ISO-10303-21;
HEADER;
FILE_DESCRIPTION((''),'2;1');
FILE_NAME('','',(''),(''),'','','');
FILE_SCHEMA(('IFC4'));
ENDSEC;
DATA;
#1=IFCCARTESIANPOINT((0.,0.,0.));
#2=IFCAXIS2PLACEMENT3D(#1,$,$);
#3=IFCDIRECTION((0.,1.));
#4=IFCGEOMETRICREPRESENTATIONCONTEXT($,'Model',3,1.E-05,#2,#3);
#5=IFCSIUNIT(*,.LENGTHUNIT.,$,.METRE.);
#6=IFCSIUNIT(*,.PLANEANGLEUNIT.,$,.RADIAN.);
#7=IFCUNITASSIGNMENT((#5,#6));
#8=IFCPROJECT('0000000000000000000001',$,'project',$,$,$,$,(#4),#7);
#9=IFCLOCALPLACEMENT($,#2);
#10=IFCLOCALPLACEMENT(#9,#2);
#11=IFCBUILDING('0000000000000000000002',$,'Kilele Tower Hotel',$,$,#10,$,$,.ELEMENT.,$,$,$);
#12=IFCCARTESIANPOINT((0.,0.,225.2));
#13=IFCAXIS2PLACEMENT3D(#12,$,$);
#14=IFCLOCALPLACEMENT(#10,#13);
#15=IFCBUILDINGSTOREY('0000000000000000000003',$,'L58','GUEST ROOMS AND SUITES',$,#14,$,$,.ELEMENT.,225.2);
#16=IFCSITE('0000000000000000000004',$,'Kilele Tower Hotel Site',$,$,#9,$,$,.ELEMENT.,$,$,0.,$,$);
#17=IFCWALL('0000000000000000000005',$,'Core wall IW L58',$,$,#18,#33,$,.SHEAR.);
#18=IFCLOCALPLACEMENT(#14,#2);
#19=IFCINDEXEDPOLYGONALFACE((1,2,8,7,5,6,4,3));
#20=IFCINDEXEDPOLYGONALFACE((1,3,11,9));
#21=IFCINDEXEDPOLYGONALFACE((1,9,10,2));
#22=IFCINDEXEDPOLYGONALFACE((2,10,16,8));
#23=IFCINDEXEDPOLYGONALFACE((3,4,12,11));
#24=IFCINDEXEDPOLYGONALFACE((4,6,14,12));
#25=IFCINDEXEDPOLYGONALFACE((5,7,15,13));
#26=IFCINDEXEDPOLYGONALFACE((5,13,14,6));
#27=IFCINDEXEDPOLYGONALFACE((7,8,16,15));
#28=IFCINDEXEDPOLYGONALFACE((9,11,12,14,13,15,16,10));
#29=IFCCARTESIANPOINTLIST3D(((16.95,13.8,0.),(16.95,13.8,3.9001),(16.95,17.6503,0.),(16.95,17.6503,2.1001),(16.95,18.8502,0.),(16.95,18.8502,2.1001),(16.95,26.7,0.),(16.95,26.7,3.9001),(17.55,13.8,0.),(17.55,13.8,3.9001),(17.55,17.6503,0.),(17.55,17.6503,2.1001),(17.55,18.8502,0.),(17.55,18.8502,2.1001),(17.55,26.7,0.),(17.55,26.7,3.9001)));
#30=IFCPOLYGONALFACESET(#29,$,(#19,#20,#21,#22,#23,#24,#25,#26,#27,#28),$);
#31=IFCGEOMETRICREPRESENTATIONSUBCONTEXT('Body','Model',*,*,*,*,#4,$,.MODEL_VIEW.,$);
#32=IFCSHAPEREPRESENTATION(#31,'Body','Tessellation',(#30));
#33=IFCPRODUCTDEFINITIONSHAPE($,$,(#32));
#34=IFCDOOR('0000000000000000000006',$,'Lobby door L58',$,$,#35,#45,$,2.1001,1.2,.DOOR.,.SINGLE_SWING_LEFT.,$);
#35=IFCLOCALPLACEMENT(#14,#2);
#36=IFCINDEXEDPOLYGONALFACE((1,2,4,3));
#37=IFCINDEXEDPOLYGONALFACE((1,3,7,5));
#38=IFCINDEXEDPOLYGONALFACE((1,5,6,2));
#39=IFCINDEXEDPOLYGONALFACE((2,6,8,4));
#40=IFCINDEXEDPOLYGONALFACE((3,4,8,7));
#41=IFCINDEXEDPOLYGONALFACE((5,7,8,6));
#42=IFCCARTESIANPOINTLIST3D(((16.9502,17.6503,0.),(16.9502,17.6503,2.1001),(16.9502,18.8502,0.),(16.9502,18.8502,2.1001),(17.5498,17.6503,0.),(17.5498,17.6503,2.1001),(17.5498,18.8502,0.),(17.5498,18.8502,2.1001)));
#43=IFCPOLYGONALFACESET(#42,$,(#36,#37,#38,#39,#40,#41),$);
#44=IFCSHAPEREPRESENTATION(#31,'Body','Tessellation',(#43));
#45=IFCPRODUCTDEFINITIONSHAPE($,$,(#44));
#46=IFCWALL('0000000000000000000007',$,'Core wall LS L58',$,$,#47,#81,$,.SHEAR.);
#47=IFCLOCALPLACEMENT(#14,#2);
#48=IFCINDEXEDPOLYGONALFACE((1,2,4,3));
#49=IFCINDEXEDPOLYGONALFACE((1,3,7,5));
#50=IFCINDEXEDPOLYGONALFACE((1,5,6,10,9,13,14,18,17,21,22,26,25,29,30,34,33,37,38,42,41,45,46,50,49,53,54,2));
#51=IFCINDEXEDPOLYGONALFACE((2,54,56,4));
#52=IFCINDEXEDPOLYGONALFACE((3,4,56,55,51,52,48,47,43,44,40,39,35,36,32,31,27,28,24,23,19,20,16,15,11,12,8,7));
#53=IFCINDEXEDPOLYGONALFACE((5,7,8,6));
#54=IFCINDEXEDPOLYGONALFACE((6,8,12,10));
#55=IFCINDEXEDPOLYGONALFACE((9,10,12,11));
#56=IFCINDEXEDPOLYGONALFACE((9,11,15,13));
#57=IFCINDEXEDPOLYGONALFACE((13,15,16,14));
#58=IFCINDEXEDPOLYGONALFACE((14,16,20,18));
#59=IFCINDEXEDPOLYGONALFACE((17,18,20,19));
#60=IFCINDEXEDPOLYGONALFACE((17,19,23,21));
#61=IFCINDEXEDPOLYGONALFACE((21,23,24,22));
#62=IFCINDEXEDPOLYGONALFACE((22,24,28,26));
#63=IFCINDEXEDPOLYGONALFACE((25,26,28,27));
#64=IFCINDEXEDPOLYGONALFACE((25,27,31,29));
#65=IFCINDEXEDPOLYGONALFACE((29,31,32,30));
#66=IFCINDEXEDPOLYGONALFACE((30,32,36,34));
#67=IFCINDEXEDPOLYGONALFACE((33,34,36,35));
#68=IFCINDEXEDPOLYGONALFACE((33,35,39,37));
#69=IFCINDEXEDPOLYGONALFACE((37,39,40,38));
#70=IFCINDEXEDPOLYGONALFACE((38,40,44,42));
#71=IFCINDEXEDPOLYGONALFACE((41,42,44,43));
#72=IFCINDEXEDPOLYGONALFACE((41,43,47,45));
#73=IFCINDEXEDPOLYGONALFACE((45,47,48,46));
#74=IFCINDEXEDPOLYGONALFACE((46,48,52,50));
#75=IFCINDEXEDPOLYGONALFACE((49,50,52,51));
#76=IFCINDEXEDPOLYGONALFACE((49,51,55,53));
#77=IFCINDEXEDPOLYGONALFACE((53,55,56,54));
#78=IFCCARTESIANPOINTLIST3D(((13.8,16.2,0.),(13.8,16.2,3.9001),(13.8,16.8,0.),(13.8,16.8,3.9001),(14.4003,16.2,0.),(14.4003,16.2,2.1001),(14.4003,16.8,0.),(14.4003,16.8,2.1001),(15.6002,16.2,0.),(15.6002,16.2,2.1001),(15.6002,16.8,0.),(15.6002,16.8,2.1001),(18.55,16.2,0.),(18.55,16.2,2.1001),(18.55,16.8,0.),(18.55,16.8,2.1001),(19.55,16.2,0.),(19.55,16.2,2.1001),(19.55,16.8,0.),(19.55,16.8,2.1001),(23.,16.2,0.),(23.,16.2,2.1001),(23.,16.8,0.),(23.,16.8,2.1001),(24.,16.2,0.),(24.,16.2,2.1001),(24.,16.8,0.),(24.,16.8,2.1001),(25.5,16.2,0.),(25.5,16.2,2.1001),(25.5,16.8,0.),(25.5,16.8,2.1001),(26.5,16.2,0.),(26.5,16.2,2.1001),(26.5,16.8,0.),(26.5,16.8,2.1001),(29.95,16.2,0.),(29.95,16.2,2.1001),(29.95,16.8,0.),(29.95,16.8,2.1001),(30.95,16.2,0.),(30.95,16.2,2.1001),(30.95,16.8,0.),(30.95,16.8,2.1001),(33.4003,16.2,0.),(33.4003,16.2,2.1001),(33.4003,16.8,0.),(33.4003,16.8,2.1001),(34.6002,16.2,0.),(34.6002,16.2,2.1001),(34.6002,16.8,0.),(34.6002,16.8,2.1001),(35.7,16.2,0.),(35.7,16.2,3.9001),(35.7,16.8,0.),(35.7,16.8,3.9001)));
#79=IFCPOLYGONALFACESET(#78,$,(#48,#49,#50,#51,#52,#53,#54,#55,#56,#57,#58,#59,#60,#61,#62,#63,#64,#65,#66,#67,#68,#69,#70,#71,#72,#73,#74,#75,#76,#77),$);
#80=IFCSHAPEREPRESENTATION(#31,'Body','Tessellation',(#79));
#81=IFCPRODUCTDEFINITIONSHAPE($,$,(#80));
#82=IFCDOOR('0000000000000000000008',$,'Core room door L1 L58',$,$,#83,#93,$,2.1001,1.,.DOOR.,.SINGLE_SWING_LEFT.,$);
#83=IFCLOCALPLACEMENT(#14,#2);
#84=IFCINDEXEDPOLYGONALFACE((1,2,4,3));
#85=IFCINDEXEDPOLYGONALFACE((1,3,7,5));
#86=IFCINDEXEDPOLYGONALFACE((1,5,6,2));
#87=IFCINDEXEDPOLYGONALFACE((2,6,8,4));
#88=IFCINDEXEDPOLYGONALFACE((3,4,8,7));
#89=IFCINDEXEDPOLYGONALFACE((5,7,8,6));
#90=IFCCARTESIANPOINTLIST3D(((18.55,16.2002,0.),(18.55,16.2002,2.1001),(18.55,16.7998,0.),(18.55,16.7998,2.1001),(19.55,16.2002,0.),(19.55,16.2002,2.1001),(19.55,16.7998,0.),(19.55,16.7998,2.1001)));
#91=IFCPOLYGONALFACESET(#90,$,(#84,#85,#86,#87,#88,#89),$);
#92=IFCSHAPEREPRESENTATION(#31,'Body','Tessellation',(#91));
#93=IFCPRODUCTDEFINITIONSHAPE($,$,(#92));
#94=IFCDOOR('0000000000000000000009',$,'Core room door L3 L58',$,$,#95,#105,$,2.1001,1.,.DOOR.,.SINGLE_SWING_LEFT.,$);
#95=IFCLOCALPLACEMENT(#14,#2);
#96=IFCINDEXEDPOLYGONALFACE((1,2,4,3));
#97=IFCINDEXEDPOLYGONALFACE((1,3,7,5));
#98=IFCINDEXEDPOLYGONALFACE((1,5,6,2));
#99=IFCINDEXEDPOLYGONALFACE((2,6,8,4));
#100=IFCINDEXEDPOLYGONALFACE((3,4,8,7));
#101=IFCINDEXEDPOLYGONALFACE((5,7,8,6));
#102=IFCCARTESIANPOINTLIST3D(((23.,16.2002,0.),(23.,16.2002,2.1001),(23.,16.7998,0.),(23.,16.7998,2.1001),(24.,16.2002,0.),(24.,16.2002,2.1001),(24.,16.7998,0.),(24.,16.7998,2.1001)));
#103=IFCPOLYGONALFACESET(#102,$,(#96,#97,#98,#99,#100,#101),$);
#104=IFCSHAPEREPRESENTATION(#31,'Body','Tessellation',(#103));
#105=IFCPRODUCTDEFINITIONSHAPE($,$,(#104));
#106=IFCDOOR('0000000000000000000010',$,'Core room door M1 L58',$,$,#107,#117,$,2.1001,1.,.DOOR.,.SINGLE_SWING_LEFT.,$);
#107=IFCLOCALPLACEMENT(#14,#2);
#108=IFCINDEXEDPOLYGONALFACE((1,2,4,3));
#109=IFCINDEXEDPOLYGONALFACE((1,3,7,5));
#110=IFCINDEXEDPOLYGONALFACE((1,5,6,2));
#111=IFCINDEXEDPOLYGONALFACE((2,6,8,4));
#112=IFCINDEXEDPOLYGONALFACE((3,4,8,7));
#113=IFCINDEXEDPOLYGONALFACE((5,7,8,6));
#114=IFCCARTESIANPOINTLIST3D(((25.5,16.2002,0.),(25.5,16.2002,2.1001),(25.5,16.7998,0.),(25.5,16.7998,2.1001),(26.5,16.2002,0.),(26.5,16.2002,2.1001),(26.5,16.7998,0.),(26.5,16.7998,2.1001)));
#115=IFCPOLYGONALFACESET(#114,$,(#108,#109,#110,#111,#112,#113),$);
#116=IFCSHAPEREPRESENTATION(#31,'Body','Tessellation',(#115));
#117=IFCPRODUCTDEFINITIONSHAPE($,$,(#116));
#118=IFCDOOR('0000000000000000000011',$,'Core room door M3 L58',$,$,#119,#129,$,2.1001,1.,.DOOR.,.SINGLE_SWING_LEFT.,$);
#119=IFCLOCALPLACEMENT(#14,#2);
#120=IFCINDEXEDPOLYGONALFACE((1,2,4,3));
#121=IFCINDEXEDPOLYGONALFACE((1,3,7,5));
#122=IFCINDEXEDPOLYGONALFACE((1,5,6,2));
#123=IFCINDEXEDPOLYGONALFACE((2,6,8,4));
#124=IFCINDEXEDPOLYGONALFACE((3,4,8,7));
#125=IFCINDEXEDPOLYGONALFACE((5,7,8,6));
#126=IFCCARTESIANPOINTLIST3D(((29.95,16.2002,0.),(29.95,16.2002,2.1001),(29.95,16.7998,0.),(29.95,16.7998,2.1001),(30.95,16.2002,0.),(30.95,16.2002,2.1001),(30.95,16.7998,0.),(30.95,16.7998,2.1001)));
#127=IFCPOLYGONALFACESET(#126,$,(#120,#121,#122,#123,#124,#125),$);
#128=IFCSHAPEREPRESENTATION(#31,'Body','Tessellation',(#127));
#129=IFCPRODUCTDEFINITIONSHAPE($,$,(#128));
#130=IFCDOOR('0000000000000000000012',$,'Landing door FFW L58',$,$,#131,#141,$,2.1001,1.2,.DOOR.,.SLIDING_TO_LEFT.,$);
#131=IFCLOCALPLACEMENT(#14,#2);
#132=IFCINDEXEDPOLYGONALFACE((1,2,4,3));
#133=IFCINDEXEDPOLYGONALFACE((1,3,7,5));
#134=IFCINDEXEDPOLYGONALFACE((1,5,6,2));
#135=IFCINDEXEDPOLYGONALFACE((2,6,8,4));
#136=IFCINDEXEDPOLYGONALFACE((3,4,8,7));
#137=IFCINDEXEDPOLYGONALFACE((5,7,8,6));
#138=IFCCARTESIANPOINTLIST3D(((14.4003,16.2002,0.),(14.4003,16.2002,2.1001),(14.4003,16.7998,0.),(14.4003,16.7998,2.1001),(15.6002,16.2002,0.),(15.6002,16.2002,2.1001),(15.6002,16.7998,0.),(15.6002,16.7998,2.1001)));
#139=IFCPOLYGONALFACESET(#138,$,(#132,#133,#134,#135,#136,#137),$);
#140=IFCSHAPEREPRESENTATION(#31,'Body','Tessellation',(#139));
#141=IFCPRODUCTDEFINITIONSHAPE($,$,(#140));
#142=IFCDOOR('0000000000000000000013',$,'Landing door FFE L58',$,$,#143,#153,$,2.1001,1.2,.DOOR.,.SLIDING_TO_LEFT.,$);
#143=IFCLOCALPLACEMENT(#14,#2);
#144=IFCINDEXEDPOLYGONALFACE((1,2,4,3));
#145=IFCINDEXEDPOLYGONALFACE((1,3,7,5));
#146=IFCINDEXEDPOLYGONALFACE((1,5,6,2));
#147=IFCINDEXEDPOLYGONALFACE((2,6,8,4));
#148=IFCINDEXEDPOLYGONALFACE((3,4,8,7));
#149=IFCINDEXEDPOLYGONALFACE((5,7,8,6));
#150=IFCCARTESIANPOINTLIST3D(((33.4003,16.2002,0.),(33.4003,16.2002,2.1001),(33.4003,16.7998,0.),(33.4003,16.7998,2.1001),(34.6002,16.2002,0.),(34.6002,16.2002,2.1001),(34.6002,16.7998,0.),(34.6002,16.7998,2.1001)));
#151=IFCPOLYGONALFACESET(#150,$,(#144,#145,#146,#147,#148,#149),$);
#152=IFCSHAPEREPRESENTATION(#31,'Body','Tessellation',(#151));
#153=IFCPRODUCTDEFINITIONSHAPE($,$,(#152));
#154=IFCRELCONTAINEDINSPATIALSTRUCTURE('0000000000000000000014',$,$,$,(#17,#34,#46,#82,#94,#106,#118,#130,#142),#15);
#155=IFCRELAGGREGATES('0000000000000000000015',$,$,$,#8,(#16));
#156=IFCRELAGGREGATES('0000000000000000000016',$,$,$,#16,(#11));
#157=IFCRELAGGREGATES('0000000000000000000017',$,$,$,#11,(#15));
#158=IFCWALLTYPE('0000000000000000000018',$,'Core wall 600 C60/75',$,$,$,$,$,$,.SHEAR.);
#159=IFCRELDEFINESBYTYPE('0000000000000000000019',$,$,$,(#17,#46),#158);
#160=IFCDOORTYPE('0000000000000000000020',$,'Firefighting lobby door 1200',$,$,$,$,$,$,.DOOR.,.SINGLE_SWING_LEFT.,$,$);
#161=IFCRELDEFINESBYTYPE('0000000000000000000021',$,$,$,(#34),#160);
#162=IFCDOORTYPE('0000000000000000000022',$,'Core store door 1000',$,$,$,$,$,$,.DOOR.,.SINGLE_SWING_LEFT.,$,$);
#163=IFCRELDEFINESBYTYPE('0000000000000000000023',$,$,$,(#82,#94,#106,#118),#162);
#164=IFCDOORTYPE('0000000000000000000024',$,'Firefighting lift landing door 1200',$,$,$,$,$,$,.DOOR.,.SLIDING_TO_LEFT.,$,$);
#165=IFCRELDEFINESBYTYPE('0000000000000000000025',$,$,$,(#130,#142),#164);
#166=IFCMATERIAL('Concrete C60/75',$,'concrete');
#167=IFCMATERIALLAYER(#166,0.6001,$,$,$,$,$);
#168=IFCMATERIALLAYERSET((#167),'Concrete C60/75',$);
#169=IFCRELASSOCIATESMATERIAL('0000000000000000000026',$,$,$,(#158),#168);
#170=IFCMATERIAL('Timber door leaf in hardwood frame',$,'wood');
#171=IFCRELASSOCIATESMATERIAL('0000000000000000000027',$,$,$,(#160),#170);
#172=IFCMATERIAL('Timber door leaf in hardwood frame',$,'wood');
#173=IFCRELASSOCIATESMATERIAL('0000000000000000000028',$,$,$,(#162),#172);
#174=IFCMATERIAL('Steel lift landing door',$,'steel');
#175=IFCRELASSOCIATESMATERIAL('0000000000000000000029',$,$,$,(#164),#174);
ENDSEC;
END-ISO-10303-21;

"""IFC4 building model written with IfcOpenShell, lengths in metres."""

from ifc_helpers import new_model, si_unit, direction, frame, frame_2d, origin, place, context, subcontext, project, spatial, rectangle, extrude, material, layer, layer_set, type_object, element, fill, save


model = new_model("IFC4")

# Units and contexts
model_context = context("Model", 3, precision=1e-05, world=origin(), true_north=direction((0.0, 1.0)))
body_context = subcontext(model_context, "Body", "Model", "MODEL_VIEW")
ifc_project = project(units=[si_unit("LENGTHUNIT", "METRE"), si_unit("PLANEANGLEUNIT", "RADIAN")], contexts=[model_context])

# Site, building, storey
site_placement = place(None, origin())
site = spatial("IfcSite", under=ifc_project, at=site_placement, Name="Kilele Tower Hotel Site", CompositionType="ELEMENT", RefElevation=0.0)
building_placement = place(site_placement, origin())
building = spatial("IfcBuilding", under=site, at=building_placement, Name="Kilele Tower Hotel", CompositionType="ELEMENT")
storey_placement = place(building_placement, frame((0.0, 0.0, 225.2)))
storey = spatial("IfcBuildingStorey", under=building, at=storey_placement, Name="L58", Description="GUEST ROOMS AND SUITES", CompositionType="ELEMENT", Elevation=225.2)

# Wall, opening, door
ifc_material_1 = material(Name="Concrete C60/75", Category="concrete")
ifc_layer_1 = layer(ifc_material_1, 0.6001)
ifc_layer_set_1 = layer_set([ifc_layer_1], Name="Concrete C60/75")
wall_type_1 = type_object("IfcWallType", Name="Core wall 600 C60/75", PredefinedType="SHEAR", material=ifc_layer_set_1)
wall_1_placement = place(storey_placement, frame((17.25, 13.8, 0.0), z_axis=(0.0, 0.0, 1.0), x_axis=(0.0, 1.0, 0.0)))
wall_1 = element("IfcWall", 1, at=wall_1_placement, inside=storey, type_object=wall_type_1, Name="Core wall IW L58", PredefinedType="SHEAR", context=body_context, shape_type="SweptSolid", body=[
    extrude(rectangle(XDim=12.8999, YDim=0.6001, at=frame_2d((6.45, 0.0))), origin(), (0.0, 0.0, 1.0), 3.9001),
])
opening_1_placement = place(wall_1_placement, frame((3.8501, 0.0, 0.0)))
opening_1 = element("IfcOpeningElement", 2, at=opening_1_placement, cuts=wall_1, PredefinedType="OPENING", context=body_context, shape_type="SweptSolid", body=[
    extrude(rectangle(XDim=1.2, YDim=2.1001, at=frame_2d((0.6001, 1.05))), frame((0.0, 0.3101, 0.0), z_axis=(0.0, -1.0, 0.0), x_axis=(1.0, 0.0, 0.0)), (0.0, 0.0, 1.0), 0.6201),
])
ifc_material_2 = material(Name="Timber door leaf in hardwood frame", Category="wood")
door_type_1 = type_object("IfcDoorType", Name="Firefighting lobby door 1200", OperationType="SINGLE_SWING_LEFT", PredefinedType="DOOR", material=ifc_material_2)
door_1_placement = place(opening_1_placement, origin())
door_1 = element("IfcDoor", 3, at=door_1_placement, inside=storey, type_object=door_type_1, Name="Lobby door L58", OperationType="SINGLE_SWING_LEFT", OverallHeight=2.1001, OverallWidth=1.2, PredefinedType="DOOR", context=body_context, shape_type="SweptSolid", body=[
    extrude(rectangle(XDim=1.2, YDim=2.1001, at=frame_2d((0.6001, 1.05))), frame((0.0, 0.2998, 0.0), z_axis=(0.0, -1.0, 0.0), x_axis=(1.0, 0.0, 0.0)), (0.0, 0.0, 1.0), 0.5996),
])
fill(opening_1, door_1)

# Wall, openings, doors
wall_2_placement = place(storey_placement, frame((13.8, 16.5, 0.0), z_axis=(0.0, 0.0, 1.0), x_axis=(1.0, 0.0, 0.0)))
wall_2 = element("IfcWall", 4, at=wall_2_placement, inside=storey, type_object=wall_type_1, Name="Core wall LS L58", PredefinedType="SHEAR", context=body_context, shape_type="SweptSolid", body=[
    extrude(rectangle(XDim=21.8999, YDim=0.6001, at=frame_2d((10.95, 0.0))), origin(), (0.0, 0.0, 1.0), 3.9001),
])
opening_2_placement = place(wall_2_placement, frame((5.75, 0.0, 0.0), z_axis=(0.0, 0.0, 1.0), x_axis=(-1.0, 0.0, 0.0)))
opening_2 = element("IfcOpeningElement", 5, at=opening_2_placement, cuts=wall_2, PredefinedType="OPENING", context=body_context, shape_type="SweptSolid", body=[
    extrude(rectangle(XDim=1.0, YDim=2.1001, at=frame_2d((0.5, 1.05))), frame((0.0, 0.3101, 0.0), z_axis=(0.0, -1.0, 0.0), x_axis=(1.0, 0.0, 0.0)), (0.0, 0.0, 1.0), 0.6201),
])
opening_3_placement = place(wall_2_placement, frame((10.2, 0.0, 0.0), z_axis=(0.0, 0.0, 1.0), x_axis=(-1.0, 0.0, 0.0)))
opening_3 = element("IfcOpeningElement", 6, at=opening_3_placement, cuts=wall_2, PredefinedType="OPENING", context=body_context, shape_type="SweptSolid", body=[
    extrude(rectangle(XDim=1.0, YDim=2.1001, at=frame_2d((0.5, 1.05))), frame((0.0, 0.3101, 0.0), z_axis=(0.0, -1.0, 0.0), x_axis=(1.0, 0.0, 0.0)), (0.0, 0.0, 1.0), 0.6201),
])
opening_4_placement = place(wall_2_placement, frame((12.7, 0.0, 0.0), z_axis=(0.0, 0.0, 1.0), x_axis=(-1.0, 0.0, 0.0)))
opening_4 = element("IfcOpeningElement", 7, at=opening_4_placement, cuts=wall_2, PredefinedType="OPENING", context=body_context, shape_type="SweptSolid", body=[
    extrude(rectangle(XDim=1.0, YDim=2.1001, at=frame_2d((0.5, 1.05))), frame((0.0, 0.3101, 0.0), z_axis=(0.0, -1.0, 0.0), x_axis=(1.0, 0.0, 0.0)), (0.0, 0.0, 1.0), 0.6201),
])
opening_5_placement = place(wall_2_placement, frame((17.1499, 0.0, 0.0), z_axis=(0.0, 0.0, 1.0), x_axis=(-1.0, 0.0, 0.0)))
opening_5 = element("IfcOpeningElement", 8, at=opening_5_placement, cuts=wall_2, PredefinedType="OPENING", context=body_context, shape_type="SweptSolid", body=[
    extrude(rectangle(XDim=1.0, YDim=2.1001, at=frame_2d((0.5, 1.05))), frame((0.0, 0.3101, 0.0), z_axis=(0.0, -1.0, 0.0), x_axis=(1.0, 0.0, 0.0)), (0.0, 0.0, 1.0), 0.6201),
])
opening_6_placement = place(wall_2_placement, frame((0.6001, 0.0, 0.0)))
opening_6 = element("IfcOpeningElement", 9, at=opening_6_placement, cuts=wall_2, PredefinedType="OPENING", context=body_context, shape_type="SweptSolid", body=[
    extrude(rectangle(XDim=1.2, YDim=2.1001, at=frame_2d((0.6001, 1.05))), frame((0.0, 0.3101, 0.0), z_axis=(0.0, -1.0, 0.0), x_axis=(1.0, 0.0, 0.0)), (0.0, 0.0, 1.0), 0.6201),
])
opening_7_placement = place(wall_2_placement, frame((19.6001, 0.0, 0.0)))
opening_7 = element("IfcOpeningElement", 10, at=opening_7_placement, cuts=wall_2, PredefinedType="OPENING", context=body_context, shape_type="SweptSolid", body=[
    extrude(rectangle(XDim=1.2, YDim=2.1001, at=frame_2d((0.6001, 1.05))), frame((0.0, 0.3101, 0.0), z_axis=(0.0, -1.0, 0.0), x_axis=(1.0, 0.0, 0.0)), (0.0, 0.0, 1.0), 0.6201),
])
ifc_material_3 = material(Name="Timber door leaf in hardwood frame", Category="wood")
door_type_2 = type_object("IfcDoorType", Name="Core store door 1000", OperationType="SINGLE_SWING_LEFT", PredefinedType="DOOR", material=ifc_material_3)
door_2_placement = place(opening_2_placement, origin())
door_2 = element("IfcDoor", 11, at=door_2_placement, inside=storey, type_object=door_type_2, Name="Core room door L1 L58", OperationType="SINGLE_SWING_LEFT", OverallHeight=2.1001, OverallWidth=1.0, PredefinedType="DOOR", context=body_context, shape_type="SweptSolid", body=[
    extrude(rectangle(XDim=1.0, YDim=2.1001, at=frame_2d((0.5, 1.05))), frame((0.0, 0.2998, 0.0), z_axis=(0.0, -1.0, 0.0), x_axis=(1.0, 0.0, 0.0)), (0.0, 0.0, 1.0), 0.5996),
])
fill(opening_2, door_2)
door_3_placement = place(opening_3_placement, origin())
door_3 = element("IfcDoor", 12, at=door_3_placement, inside=storey, type_object=door_type_2, Name="Core room door L3 L58", OperationType="SINGLE_SWING_LEFT", OverallHeight=2.1001, OverallWidth=1.0, PredefinedType="DOOR", context=body_context, shape_type="SweptSolid", body=[
    extrude(rectangle(XDim=1.0, YDim=2.1001, at=frame_2d((0.5, 1.05))), frame((0.0, 0.2998, 0.0), z_axis=(0.0, -1.0, 0.0), x_axis=(1.0, 0.0, 0.0)), (0.0, 0.0, 1.0), 0.5996),
])
fill(opening_3, door_3)
door_4_placement = place(opening_4_placement, origin())
door_4 = element("IfcDoor", 13, at=door_4_placement, inside=storey, type_object=door_type_2, Name="Core room door M1 L58", OperationType="SINGLE_SWING_LEFT", OverallHeight=2.1001, OverallWidth=1.0, PredefinedType="DOOR", context=body_context, shape_type="SweptSolid", body=[
    extrude(rectangle(XDim=1.0, YDim=2.1001, at=frame_2d((0.5, 1.05))), frame((0.0, 0.2998, 0.0), z_axis=(0.0, -1.0, 0.0), x_axis=(1.0, 0.0, 0.0)), (0.0, 0.0, 1.0), 0.5996),
])
fill(opening_4, door_4)
door_5_placement = place(opening_5_placement, origin())
door_5 = element("IfcDoor", 14, at=door_5_placement, inside=storey, type_object=door_type_2, Name="Core room door M3 L58", OperationType="SINGLE_SWING_LEFT", OverallHeight=2.1001, OverallWidth=1.0, PredefinedType="DOOR", context=body_context, shape_type="SweptSolid", body=[
    extrude(rectangle(XDim=1.0, YDim=2.1001, at=frame_2d((0.5, 1.05))), frame((0.0, 0.2998, 0.0), z_axis=(0.0, -1.0, 0.0), x_axis=(1.0, 0.0, 0.0)), (0.0, 0.0, 1.0), 0.5996),
])
fill(opening_5, door_5)
ifc_material_4 = material(Name="Steel lift landing door", Category="steel")
door_type_3 = type_object("IfcDoorType", Name="Firefighting lift landing door 1200", OperationType="SLIDING_TO_LEFT", PredefinedType="DOOR", material=ifc_material_4)
door_6_placement = place(opening_6_placement, origin())
door_6 = element("IfcDoor", 15, at=door_6_placement, inside=storey, type_object=door_type_3, Name="Landing door FFW L58", OperationType="SLIDING_TO_LEFT", OverallHeight=2.1001, OverallWidth=1.2, PredefinedType="DOOR", context=body_context, shape_type="SweptSolid", body=[
    extrude(rectangle(XDim=1.2, YDim=2.1001, at=frame_2d((0.6001, 1.05))), frame((0.0, 0.2998, 0.0), z_axis=(0.0, -1.0, 0.0), x_axis=(1.0, 0.0, 0.0)), (0.0, 0.0, 1.0), 0.5996),
])
fill(opening_6, door_6)
door_7_placement = place(opening_7_placement, origin())
door_7 = element("IfcDoor", 16, at=door_7_placement, inside=storey, type_object=door_type_3, Name="Landing door FFE L58", OperationType="SLIDING_TO_LEFT", OverallHeight=2.1001, OverallWidth=1.2, PredefinedType="DOOR", context=body_context, shape_type="SweptSolid", body=[
    extrude(rectangle(XDim=1.2, YDim=2.1001, at=frame_2d((0.6001, 1.05))), frame((0.0, 0.2998, 0.0), z_axis=(0.0, -1.0, 0.0), x_axis=(1.0, 0.0, 0.0)), (0.0, 0.0, 1.0), 0.5996),
])
fill(opening_7, door_7)

save(model, "model.ifc")
